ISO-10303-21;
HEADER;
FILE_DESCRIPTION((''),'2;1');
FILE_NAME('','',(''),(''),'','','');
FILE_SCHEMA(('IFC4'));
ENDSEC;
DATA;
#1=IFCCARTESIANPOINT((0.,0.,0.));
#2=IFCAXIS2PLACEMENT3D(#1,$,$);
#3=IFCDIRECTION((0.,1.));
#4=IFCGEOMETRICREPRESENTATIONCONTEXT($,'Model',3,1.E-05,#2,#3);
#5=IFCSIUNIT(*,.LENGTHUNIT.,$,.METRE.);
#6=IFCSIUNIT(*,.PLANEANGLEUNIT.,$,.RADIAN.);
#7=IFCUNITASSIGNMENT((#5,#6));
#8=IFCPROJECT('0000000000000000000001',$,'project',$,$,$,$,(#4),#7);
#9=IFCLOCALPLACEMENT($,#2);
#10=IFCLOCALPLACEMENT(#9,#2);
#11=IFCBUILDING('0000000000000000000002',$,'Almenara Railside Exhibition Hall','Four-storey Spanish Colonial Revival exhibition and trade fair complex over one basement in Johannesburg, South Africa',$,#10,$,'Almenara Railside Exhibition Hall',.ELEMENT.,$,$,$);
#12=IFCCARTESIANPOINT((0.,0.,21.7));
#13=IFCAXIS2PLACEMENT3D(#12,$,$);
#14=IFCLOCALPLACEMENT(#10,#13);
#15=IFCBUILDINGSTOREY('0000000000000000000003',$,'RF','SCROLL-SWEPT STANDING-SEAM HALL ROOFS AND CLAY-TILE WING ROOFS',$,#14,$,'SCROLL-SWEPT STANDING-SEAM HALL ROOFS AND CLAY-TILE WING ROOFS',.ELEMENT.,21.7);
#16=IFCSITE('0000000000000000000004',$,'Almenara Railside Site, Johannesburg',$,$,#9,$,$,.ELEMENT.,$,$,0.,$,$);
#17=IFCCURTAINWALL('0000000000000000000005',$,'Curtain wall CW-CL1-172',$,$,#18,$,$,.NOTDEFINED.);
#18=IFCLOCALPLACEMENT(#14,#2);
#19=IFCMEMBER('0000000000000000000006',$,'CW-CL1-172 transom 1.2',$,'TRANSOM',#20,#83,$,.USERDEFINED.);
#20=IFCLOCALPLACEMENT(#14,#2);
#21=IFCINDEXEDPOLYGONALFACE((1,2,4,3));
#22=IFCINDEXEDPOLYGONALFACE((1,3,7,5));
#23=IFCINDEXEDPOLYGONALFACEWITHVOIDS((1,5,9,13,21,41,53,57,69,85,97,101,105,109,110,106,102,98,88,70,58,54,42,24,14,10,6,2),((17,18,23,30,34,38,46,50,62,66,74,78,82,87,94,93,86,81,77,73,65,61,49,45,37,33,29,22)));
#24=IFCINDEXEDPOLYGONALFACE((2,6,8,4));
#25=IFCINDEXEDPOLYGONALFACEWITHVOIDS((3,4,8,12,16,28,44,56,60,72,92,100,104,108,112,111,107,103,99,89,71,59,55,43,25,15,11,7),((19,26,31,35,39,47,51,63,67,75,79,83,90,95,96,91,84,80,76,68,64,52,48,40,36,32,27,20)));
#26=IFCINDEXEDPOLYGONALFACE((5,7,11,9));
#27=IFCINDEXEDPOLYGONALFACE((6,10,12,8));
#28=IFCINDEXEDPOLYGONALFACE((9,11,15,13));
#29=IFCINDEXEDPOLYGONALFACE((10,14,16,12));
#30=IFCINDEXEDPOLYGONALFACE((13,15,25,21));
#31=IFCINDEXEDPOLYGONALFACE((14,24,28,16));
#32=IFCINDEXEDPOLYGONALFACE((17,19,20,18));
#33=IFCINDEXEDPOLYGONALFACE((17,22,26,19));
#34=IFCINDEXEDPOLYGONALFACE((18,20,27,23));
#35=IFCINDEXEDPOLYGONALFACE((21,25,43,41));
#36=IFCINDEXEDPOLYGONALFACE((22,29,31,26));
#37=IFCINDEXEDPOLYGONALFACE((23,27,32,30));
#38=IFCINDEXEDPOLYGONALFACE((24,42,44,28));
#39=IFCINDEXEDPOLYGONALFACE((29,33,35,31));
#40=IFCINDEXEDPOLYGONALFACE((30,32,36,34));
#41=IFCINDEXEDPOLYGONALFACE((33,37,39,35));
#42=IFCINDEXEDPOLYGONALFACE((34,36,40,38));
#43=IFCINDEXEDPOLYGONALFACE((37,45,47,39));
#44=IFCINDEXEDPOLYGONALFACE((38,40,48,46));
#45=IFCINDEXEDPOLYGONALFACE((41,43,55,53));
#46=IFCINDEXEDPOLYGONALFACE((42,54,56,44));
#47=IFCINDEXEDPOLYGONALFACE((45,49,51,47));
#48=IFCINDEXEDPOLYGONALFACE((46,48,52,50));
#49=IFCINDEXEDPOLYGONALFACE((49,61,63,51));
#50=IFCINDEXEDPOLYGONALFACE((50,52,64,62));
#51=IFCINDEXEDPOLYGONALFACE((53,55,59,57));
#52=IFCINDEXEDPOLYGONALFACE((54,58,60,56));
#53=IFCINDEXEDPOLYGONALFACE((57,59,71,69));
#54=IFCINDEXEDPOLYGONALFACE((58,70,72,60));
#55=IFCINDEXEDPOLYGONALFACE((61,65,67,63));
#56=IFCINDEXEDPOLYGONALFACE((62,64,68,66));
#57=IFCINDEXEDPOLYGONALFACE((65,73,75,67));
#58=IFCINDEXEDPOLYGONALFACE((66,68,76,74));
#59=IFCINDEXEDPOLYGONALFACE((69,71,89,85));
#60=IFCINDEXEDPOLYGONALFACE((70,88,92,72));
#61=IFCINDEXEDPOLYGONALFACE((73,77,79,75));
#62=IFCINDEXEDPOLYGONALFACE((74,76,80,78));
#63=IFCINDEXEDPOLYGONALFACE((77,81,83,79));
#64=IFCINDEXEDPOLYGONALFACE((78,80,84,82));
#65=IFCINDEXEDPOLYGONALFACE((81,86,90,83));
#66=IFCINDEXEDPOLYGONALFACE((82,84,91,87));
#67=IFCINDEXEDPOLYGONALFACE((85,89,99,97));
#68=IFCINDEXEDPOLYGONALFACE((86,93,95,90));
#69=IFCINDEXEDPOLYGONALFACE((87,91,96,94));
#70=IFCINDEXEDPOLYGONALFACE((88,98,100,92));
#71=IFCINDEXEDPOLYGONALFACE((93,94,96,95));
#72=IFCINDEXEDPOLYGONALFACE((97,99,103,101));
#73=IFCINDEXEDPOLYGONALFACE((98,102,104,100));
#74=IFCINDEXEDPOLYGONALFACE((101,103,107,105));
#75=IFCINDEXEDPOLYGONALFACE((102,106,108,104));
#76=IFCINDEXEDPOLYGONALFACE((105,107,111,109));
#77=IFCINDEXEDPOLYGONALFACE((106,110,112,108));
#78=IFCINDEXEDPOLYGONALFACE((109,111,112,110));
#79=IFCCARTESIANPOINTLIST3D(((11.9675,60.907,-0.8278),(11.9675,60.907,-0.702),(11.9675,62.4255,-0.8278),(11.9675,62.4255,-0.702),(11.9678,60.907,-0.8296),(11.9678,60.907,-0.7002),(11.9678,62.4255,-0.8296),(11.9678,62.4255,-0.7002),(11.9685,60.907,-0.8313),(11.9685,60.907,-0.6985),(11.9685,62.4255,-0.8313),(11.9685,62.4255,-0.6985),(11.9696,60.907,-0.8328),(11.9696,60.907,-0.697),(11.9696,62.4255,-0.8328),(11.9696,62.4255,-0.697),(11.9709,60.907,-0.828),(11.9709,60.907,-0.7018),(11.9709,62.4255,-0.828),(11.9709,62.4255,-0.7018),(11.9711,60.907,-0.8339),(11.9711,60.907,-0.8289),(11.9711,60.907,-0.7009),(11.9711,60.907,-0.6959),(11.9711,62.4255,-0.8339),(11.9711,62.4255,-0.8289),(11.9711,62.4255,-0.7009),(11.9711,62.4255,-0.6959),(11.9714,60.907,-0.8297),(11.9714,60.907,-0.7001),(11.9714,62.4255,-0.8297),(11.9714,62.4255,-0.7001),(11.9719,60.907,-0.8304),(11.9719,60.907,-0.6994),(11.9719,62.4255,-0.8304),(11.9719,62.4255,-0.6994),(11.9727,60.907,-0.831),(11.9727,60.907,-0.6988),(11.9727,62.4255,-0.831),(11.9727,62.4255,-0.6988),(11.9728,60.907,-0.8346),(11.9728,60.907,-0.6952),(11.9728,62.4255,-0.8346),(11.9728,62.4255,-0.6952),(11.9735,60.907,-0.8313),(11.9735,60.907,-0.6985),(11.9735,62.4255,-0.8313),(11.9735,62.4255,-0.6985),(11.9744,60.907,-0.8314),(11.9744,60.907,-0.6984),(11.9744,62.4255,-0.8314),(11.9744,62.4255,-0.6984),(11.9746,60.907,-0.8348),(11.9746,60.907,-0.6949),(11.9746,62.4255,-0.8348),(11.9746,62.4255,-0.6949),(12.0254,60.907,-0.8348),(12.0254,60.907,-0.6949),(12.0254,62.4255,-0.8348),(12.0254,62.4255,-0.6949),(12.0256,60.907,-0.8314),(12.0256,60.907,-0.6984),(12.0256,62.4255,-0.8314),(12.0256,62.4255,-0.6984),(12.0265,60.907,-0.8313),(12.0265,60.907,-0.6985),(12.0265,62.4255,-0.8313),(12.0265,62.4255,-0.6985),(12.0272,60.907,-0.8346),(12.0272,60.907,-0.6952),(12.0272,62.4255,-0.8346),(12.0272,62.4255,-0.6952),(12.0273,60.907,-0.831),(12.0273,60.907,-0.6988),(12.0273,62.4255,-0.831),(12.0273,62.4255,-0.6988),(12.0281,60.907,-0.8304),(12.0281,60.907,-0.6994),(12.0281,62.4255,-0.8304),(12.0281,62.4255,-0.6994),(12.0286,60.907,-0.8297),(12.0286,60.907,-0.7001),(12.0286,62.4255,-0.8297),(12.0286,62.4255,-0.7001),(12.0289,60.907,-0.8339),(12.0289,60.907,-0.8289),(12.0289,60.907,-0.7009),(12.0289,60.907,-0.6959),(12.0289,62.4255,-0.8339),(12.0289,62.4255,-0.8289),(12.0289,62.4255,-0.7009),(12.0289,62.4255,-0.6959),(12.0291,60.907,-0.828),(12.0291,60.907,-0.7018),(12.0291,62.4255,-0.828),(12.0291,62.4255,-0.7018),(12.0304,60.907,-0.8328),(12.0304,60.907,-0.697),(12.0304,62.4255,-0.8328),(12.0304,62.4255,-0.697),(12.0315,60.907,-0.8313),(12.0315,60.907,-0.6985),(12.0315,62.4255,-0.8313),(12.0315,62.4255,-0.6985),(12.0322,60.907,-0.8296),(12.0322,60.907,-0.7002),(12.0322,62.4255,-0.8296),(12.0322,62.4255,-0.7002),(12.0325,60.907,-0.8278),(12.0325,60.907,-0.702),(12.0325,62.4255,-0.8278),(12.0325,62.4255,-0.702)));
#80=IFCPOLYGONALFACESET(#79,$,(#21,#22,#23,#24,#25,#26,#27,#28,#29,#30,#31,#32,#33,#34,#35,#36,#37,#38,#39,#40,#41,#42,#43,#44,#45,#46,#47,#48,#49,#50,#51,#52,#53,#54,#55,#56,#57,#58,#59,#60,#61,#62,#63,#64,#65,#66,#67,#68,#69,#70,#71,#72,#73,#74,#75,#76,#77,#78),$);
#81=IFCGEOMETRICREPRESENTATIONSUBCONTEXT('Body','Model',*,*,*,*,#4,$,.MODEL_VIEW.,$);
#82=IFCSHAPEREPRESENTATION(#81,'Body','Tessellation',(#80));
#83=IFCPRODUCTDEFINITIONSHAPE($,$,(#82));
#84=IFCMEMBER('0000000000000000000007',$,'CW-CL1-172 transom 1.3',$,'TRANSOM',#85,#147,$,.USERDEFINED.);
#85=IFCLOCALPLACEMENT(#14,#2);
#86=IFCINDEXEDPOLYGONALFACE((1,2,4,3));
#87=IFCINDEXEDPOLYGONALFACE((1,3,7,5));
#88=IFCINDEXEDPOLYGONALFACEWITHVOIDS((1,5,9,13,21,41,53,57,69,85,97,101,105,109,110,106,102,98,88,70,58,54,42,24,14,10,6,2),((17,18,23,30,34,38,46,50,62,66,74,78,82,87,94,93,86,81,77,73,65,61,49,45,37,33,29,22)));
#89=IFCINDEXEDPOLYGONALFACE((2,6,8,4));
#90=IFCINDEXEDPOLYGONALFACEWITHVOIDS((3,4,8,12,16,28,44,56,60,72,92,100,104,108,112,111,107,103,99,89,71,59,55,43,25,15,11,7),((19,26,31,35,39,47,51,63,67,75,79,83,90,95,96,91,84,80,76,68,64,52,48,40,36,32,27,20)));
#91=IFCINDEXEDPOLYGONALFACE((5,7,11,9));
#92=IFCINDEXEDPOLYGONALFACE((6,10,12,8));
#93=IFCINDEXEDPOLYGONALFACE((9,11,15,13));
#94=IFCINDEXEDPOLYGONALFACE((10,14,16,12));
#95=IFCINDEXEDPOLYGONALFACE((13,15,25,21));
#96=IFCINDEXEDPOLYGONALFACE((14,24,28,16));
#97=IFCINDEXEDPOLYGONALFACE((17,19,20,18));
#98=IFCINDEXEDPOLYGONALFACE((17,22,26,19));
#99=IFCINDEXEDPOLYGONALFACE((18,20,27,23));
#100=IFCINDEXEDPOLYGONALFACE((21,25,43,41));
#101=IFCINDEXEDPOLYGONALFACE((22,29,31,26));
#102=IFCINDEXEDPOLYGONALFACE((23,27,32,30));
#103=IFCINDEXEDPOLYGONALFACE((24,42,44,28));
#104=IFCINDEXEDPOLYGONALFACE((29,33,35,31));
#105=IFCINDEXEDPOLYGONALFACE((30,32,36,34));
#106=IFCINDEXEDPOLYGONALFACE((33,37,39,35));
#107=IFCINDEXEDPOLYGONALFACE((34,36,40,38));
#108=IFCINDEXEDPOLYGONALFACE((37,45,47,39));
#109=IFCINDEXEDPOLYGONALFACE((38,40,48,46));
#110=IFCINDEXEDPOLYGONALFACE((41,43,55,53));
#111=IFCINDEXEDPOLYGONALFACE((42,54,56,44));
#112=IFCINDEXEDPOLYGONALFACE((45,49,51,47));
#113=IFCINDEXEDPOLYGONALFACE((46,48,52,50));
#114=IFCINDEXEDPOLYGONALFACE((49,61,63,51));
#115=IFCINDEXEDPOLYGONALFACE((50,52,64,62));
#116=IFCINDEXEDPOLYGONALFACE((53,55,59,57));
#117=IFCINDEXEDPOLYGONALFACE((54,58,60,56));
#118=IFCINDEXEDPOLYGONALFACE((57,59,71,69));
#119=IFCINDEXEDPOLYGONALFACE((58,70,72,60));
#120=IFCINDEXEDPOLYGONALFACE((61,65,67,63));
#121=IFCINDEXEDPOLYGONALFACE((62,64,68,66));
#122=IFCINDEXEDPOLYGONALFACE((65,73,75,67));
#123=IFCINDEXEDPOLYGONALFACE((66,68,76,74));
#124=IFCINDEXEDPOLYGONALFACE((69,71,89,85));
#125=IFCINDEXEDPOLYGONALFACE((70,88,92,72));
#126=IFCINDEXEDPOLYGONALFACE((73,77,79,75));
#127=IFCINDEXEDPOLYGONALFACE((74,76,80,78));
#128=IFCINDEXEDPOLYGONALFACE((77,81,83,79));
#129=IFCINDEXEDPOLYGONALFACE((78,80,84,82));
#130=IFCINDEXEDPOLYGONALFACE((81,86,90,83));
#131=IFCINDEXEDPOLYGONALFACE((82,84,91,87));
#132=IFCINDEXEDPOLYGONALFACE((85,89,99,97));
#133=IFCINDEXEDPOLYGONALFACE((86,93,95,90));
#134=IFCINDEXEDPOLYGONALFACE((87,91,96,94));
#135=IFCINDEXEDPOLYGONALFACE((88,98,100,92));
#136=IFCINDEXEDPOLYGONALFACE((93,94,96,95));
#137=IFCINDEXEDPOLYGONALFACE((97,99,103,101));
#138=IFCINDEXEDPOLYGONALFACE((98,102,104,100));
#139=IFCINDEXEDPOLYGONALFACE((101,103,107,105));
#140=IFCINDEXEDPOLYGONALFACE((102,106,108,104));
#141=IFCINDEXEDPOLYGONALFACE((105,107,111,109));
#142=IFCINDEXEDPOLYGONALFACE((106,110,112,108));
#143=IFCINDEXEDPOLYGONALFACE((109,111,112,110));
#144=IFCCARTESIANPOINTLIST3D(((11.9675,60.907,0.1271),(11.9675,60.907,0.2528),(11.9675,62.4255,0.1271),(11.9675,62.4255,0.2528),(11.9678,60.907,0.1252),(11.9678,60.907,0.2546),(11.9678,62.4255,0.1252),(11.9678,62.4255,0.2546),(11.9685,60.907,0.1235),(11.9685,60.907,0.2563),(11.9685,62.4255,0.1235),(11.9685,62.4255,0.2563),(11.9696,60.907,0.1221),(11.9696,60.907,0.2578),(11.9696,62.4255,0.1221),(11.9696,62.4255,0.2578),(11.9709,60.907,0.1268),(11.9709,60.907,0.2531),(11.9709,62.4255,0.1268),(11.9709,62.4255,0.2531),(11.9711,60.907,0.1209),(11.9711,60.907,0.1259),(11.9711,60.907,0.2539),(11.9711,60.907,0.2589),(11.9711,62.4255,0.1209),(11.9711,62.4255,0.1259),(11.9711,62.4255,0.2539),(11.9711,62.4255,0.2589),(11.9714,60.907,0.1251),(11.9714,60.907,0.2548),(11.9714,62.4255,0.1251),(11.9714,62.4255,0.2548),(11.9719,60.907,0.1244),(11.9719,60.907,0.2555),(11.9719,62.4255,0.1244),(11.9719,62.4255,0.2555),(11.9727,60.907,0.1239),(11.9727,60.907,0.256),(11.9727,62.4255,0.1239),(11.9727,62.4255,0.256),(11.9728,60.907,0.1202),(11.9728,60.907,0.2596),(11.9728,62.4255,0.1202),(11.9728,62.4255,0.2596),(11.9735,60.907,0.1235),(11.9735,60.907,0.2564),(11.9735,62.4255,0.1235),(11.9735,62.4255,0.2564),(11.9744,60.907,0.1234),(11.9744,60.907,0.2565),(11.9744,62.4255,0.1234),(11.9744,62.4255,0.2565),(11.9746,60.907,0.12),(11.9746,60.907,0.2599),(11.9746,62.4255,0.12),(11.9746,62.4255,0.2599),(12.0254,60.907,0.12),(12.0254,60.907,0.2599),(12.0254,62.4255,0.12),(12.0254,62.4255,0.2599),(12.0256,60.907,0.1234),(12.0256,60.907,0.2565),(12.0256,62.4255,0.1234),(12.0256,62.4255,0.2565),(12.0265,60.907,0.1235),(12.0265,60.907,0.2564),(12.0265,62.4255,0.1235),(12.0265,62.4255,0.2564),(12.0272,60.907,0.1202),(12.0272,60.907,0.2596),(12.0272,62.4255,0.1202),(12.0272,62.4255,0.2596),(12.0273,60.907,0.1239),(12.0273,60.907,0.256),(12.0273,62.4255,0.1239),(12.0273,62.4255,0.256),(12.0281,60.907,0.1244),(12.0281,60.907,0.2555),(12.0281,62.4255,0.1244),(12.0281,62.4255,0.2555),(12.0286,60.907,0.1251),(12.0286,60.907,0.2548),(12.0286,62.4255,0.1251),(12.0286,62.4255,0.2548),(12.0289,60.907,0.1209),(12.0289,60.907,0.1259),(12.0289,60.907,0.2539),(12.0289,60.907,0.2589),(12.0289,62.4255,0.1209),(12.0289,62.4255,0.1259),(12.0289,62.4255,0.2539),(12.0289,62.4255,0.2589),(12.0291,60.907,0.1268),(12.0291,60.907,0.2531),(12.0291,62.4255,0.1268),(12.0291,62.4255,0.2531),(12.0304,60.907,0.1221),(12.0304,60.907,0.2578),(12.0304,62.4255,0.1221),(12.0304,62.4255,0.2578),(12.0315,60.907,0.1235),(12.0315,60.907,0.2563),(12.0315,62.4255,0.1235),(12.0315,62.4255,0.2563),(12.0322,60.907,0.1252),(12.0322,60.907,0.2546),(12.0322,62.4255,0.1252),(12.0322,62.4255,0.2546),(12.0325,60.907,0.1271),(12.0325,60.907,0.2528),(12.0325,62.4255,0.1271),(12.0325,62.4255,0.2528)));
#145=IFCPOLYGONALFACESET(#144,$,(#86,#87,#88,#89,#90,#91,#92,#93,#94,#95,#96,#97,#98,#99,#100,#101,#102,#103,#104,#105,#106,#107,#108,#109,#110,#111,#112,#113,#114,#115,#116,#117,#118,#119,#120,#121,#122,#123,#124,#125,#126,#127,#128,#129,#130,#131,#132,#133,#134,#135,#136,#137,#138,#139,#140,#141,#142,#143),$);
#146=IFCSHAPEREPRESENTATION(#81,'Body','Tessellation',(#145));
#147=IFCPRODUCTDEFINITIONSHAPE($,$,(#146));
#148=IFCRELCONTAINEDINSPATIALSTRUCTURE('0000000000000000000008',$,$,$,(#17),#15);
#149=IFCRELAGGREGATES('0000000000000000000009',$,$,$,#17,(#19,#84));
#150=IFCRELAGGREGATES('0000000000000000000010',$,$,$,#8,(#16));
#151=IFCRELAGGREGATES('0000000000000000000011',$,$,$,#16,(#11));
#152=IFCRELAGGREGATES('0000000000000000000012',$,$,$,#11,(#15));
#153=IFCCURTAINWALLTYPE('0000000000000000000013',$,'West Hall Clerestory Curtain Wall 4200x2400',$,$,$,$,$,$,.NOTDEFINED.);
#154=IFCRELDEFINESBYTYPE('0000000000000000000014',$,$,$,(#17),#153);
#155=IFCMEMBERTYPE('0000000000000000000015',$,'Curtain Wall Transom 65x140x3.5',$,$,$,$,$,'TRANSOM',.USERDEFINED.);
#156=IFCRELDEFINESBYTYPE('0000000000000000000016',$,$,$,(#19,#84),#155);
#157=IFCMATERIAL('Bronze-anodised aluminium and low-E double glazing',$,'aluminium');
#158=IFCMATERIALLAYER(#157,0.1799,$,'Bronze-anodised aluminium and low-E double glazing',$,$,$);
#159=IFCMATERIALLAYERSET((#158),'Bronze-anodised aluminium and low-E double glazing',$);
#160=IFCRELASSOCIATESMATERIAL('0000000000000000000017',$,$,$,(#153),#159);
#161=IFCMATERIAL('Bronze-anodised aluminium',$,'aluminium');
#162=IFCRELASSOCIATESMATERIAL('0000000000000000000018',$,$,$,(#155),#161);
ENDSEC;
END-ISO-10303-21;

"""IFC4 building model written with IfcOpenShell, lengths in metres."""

from ifc_helpers import new_model, si_unit, direction, frame, origin, origin_2d, place, context, subcontext, project, spatial, hollow_rectangle, extrude, material, layer, layer_set, material_profile, profile_set, type_object, element, aggregate, save


model = new_model("IFC4")

# Units and contexts
model_context = context("Model", 3, precision=1e-05, world=origin(), true_north=direction((0.0, 1.0)))
body_context = subcontext(model_context, "Body", "Model", "MODEL_VIEW")
ifc_project = project(units=[si_unit("LENGTHUNIT", "METRE"), si_unit("PLANEANGLEUNIT", "RADIAN")], contexts=[model_context])

# Site, building, storey
site_placement = place(None, origin())
site = spatial("IfcSite", under=ifc_project, at=site_placement, Name="Almenara Railside Site, Johannesburg", CompositionType="ELEMENT", RefElevation=0.0)
building_placement = place(site_placement, origin())
building = spatial("IfcBuilding", under=site, at=building_placement, Name="Almenara Railside Exhibition Hall", Description="Four-storey Spanish Colonial Revival exhibition and trade fair complex over one basement in Johannesburg, South Africa", LongName="Almenara Railside Exhibition Hall", CompositionType="ELEMENT")
storey_placement = place(building_placement, frame((0.0, 0.0, 21.7)))
storey = spatial("IfcBuildingStorey", under=building, at=storey_placement, Name="RF", Description="SCROLL-SWEPT STANDING-SEAM HALL ROOFS AND CLAY-TILE WING ROOFS", LongName="SCROLL-SWEPT STANDING-SEAM HALL ROOFS AND CLAY-TILE WING ROOFS", CompositionType="ELEMENT", Elevation=21.7)

# Curtain wall
ifc_material_1 = material(Name="Bronze-anodised aluminium and low-E double glazing", Category="aluminium")
ifc_layer_1 = layer(ifc_material_1, 0.1799, Name="Bronze-anodised aluminium and low-E double glazing")
ifc_layer_set_1 = layer_set([ifc_layer_1], Name="Bronze-anodised aluminium and low-E double glazing")
curtain_wall_type = type_object("IfcCurtainWallType", Name="West Hall Clerestory Curtain Wall 4200x2400", PredefinedType="NOTDEFINED", material=ifc_layer_set_1)
ifc_material_2 = material(Name="Bronze-anodised aluminium", Category="aluminium")
curtain_wall_1_placement = place(storey_placement, origin())
curtain_wall_1 = element("IfcCurtainWall", 1, at=curtain_wall_1_placement, inside=storey, type_object=curtain_wall_type, Name="Curtain wall CW-CL1-172", PredefinedType="NOTDEFINED")

# Members
ifc_material_profile_1 = material_profile(ifc_material_2, hollow_rectangle(XDim=0.0649, YDim=0.1399, WallThickness=0.0034, InnerFilletRadius=0.0034, OuterFilletRadius=0.0071, at=origin_2d()), Name="ALU-TRN 65x140x3.5")
ifc_profile_set_1 = profile_set([ifc_material_profile_1], Name="Bronze-anodised aluminium")
member_type_1 = type_object("IfcMemberType", Name="Curtain Wall Transom 65x140x3.5", ElementType="TRANSOM", PredefinedType="USERDEFINED", material=ifc_profile_set_1)
member_1_placement = place(storey_placement, frame((12.0, 60.907, -0.7649), z_axis=(0.0, 1.0, 0.0), x_axis=(-1.0, 0.0, 0.0)))
member_1 = element("IfcMember", 2, at=member_1_placement, type_object=member_type_1, Name="CW-CL1-172 transom 1.2", ObjectType="TRANSOM", PredefinedType="USERDEFINED", context=body_context, shape_type="SweptSolid", body=[
    extrude(hollow_rectangle(XDim=0.0649, YDim=0.1399, WallThickness=0.0034, InnerFilletRadius=0.0034, OuterFilletRadius=0.0071, at=origin_2d()), origin(), (0.0, 0.0, 1.0), 1.5186),
])
member_2_placement = place(storey_placement, frame((12.0, 60.907, 0.1899), z_axis=(0.0, 1.0, 0.0), x_axis=(-1.0, 0.0, 0.0)))
member_2 = element("IfcMember", 3, at=member_2_placement, type_object=member_type_1, Name="CW-CL1-172 transom 1.3", ObjectType="TRANSOM", PredefinedType="USERDEFINED", context=body_context, shape_type="SweptSolid", body=[
    extrude(hollow_rectangle(XDim=0.0649, YDim=0.1399, WallThickness=0.0034, InnerFilletRadius=0.0034, OuterFilletRadius=0.0071, at=origin_2d()), origin(), (0.0, 0.0, 1.0), 1.5186),
])

aggregate(curtain_wall_1, [member_1, member_2])

save(model, "model.ifc")
